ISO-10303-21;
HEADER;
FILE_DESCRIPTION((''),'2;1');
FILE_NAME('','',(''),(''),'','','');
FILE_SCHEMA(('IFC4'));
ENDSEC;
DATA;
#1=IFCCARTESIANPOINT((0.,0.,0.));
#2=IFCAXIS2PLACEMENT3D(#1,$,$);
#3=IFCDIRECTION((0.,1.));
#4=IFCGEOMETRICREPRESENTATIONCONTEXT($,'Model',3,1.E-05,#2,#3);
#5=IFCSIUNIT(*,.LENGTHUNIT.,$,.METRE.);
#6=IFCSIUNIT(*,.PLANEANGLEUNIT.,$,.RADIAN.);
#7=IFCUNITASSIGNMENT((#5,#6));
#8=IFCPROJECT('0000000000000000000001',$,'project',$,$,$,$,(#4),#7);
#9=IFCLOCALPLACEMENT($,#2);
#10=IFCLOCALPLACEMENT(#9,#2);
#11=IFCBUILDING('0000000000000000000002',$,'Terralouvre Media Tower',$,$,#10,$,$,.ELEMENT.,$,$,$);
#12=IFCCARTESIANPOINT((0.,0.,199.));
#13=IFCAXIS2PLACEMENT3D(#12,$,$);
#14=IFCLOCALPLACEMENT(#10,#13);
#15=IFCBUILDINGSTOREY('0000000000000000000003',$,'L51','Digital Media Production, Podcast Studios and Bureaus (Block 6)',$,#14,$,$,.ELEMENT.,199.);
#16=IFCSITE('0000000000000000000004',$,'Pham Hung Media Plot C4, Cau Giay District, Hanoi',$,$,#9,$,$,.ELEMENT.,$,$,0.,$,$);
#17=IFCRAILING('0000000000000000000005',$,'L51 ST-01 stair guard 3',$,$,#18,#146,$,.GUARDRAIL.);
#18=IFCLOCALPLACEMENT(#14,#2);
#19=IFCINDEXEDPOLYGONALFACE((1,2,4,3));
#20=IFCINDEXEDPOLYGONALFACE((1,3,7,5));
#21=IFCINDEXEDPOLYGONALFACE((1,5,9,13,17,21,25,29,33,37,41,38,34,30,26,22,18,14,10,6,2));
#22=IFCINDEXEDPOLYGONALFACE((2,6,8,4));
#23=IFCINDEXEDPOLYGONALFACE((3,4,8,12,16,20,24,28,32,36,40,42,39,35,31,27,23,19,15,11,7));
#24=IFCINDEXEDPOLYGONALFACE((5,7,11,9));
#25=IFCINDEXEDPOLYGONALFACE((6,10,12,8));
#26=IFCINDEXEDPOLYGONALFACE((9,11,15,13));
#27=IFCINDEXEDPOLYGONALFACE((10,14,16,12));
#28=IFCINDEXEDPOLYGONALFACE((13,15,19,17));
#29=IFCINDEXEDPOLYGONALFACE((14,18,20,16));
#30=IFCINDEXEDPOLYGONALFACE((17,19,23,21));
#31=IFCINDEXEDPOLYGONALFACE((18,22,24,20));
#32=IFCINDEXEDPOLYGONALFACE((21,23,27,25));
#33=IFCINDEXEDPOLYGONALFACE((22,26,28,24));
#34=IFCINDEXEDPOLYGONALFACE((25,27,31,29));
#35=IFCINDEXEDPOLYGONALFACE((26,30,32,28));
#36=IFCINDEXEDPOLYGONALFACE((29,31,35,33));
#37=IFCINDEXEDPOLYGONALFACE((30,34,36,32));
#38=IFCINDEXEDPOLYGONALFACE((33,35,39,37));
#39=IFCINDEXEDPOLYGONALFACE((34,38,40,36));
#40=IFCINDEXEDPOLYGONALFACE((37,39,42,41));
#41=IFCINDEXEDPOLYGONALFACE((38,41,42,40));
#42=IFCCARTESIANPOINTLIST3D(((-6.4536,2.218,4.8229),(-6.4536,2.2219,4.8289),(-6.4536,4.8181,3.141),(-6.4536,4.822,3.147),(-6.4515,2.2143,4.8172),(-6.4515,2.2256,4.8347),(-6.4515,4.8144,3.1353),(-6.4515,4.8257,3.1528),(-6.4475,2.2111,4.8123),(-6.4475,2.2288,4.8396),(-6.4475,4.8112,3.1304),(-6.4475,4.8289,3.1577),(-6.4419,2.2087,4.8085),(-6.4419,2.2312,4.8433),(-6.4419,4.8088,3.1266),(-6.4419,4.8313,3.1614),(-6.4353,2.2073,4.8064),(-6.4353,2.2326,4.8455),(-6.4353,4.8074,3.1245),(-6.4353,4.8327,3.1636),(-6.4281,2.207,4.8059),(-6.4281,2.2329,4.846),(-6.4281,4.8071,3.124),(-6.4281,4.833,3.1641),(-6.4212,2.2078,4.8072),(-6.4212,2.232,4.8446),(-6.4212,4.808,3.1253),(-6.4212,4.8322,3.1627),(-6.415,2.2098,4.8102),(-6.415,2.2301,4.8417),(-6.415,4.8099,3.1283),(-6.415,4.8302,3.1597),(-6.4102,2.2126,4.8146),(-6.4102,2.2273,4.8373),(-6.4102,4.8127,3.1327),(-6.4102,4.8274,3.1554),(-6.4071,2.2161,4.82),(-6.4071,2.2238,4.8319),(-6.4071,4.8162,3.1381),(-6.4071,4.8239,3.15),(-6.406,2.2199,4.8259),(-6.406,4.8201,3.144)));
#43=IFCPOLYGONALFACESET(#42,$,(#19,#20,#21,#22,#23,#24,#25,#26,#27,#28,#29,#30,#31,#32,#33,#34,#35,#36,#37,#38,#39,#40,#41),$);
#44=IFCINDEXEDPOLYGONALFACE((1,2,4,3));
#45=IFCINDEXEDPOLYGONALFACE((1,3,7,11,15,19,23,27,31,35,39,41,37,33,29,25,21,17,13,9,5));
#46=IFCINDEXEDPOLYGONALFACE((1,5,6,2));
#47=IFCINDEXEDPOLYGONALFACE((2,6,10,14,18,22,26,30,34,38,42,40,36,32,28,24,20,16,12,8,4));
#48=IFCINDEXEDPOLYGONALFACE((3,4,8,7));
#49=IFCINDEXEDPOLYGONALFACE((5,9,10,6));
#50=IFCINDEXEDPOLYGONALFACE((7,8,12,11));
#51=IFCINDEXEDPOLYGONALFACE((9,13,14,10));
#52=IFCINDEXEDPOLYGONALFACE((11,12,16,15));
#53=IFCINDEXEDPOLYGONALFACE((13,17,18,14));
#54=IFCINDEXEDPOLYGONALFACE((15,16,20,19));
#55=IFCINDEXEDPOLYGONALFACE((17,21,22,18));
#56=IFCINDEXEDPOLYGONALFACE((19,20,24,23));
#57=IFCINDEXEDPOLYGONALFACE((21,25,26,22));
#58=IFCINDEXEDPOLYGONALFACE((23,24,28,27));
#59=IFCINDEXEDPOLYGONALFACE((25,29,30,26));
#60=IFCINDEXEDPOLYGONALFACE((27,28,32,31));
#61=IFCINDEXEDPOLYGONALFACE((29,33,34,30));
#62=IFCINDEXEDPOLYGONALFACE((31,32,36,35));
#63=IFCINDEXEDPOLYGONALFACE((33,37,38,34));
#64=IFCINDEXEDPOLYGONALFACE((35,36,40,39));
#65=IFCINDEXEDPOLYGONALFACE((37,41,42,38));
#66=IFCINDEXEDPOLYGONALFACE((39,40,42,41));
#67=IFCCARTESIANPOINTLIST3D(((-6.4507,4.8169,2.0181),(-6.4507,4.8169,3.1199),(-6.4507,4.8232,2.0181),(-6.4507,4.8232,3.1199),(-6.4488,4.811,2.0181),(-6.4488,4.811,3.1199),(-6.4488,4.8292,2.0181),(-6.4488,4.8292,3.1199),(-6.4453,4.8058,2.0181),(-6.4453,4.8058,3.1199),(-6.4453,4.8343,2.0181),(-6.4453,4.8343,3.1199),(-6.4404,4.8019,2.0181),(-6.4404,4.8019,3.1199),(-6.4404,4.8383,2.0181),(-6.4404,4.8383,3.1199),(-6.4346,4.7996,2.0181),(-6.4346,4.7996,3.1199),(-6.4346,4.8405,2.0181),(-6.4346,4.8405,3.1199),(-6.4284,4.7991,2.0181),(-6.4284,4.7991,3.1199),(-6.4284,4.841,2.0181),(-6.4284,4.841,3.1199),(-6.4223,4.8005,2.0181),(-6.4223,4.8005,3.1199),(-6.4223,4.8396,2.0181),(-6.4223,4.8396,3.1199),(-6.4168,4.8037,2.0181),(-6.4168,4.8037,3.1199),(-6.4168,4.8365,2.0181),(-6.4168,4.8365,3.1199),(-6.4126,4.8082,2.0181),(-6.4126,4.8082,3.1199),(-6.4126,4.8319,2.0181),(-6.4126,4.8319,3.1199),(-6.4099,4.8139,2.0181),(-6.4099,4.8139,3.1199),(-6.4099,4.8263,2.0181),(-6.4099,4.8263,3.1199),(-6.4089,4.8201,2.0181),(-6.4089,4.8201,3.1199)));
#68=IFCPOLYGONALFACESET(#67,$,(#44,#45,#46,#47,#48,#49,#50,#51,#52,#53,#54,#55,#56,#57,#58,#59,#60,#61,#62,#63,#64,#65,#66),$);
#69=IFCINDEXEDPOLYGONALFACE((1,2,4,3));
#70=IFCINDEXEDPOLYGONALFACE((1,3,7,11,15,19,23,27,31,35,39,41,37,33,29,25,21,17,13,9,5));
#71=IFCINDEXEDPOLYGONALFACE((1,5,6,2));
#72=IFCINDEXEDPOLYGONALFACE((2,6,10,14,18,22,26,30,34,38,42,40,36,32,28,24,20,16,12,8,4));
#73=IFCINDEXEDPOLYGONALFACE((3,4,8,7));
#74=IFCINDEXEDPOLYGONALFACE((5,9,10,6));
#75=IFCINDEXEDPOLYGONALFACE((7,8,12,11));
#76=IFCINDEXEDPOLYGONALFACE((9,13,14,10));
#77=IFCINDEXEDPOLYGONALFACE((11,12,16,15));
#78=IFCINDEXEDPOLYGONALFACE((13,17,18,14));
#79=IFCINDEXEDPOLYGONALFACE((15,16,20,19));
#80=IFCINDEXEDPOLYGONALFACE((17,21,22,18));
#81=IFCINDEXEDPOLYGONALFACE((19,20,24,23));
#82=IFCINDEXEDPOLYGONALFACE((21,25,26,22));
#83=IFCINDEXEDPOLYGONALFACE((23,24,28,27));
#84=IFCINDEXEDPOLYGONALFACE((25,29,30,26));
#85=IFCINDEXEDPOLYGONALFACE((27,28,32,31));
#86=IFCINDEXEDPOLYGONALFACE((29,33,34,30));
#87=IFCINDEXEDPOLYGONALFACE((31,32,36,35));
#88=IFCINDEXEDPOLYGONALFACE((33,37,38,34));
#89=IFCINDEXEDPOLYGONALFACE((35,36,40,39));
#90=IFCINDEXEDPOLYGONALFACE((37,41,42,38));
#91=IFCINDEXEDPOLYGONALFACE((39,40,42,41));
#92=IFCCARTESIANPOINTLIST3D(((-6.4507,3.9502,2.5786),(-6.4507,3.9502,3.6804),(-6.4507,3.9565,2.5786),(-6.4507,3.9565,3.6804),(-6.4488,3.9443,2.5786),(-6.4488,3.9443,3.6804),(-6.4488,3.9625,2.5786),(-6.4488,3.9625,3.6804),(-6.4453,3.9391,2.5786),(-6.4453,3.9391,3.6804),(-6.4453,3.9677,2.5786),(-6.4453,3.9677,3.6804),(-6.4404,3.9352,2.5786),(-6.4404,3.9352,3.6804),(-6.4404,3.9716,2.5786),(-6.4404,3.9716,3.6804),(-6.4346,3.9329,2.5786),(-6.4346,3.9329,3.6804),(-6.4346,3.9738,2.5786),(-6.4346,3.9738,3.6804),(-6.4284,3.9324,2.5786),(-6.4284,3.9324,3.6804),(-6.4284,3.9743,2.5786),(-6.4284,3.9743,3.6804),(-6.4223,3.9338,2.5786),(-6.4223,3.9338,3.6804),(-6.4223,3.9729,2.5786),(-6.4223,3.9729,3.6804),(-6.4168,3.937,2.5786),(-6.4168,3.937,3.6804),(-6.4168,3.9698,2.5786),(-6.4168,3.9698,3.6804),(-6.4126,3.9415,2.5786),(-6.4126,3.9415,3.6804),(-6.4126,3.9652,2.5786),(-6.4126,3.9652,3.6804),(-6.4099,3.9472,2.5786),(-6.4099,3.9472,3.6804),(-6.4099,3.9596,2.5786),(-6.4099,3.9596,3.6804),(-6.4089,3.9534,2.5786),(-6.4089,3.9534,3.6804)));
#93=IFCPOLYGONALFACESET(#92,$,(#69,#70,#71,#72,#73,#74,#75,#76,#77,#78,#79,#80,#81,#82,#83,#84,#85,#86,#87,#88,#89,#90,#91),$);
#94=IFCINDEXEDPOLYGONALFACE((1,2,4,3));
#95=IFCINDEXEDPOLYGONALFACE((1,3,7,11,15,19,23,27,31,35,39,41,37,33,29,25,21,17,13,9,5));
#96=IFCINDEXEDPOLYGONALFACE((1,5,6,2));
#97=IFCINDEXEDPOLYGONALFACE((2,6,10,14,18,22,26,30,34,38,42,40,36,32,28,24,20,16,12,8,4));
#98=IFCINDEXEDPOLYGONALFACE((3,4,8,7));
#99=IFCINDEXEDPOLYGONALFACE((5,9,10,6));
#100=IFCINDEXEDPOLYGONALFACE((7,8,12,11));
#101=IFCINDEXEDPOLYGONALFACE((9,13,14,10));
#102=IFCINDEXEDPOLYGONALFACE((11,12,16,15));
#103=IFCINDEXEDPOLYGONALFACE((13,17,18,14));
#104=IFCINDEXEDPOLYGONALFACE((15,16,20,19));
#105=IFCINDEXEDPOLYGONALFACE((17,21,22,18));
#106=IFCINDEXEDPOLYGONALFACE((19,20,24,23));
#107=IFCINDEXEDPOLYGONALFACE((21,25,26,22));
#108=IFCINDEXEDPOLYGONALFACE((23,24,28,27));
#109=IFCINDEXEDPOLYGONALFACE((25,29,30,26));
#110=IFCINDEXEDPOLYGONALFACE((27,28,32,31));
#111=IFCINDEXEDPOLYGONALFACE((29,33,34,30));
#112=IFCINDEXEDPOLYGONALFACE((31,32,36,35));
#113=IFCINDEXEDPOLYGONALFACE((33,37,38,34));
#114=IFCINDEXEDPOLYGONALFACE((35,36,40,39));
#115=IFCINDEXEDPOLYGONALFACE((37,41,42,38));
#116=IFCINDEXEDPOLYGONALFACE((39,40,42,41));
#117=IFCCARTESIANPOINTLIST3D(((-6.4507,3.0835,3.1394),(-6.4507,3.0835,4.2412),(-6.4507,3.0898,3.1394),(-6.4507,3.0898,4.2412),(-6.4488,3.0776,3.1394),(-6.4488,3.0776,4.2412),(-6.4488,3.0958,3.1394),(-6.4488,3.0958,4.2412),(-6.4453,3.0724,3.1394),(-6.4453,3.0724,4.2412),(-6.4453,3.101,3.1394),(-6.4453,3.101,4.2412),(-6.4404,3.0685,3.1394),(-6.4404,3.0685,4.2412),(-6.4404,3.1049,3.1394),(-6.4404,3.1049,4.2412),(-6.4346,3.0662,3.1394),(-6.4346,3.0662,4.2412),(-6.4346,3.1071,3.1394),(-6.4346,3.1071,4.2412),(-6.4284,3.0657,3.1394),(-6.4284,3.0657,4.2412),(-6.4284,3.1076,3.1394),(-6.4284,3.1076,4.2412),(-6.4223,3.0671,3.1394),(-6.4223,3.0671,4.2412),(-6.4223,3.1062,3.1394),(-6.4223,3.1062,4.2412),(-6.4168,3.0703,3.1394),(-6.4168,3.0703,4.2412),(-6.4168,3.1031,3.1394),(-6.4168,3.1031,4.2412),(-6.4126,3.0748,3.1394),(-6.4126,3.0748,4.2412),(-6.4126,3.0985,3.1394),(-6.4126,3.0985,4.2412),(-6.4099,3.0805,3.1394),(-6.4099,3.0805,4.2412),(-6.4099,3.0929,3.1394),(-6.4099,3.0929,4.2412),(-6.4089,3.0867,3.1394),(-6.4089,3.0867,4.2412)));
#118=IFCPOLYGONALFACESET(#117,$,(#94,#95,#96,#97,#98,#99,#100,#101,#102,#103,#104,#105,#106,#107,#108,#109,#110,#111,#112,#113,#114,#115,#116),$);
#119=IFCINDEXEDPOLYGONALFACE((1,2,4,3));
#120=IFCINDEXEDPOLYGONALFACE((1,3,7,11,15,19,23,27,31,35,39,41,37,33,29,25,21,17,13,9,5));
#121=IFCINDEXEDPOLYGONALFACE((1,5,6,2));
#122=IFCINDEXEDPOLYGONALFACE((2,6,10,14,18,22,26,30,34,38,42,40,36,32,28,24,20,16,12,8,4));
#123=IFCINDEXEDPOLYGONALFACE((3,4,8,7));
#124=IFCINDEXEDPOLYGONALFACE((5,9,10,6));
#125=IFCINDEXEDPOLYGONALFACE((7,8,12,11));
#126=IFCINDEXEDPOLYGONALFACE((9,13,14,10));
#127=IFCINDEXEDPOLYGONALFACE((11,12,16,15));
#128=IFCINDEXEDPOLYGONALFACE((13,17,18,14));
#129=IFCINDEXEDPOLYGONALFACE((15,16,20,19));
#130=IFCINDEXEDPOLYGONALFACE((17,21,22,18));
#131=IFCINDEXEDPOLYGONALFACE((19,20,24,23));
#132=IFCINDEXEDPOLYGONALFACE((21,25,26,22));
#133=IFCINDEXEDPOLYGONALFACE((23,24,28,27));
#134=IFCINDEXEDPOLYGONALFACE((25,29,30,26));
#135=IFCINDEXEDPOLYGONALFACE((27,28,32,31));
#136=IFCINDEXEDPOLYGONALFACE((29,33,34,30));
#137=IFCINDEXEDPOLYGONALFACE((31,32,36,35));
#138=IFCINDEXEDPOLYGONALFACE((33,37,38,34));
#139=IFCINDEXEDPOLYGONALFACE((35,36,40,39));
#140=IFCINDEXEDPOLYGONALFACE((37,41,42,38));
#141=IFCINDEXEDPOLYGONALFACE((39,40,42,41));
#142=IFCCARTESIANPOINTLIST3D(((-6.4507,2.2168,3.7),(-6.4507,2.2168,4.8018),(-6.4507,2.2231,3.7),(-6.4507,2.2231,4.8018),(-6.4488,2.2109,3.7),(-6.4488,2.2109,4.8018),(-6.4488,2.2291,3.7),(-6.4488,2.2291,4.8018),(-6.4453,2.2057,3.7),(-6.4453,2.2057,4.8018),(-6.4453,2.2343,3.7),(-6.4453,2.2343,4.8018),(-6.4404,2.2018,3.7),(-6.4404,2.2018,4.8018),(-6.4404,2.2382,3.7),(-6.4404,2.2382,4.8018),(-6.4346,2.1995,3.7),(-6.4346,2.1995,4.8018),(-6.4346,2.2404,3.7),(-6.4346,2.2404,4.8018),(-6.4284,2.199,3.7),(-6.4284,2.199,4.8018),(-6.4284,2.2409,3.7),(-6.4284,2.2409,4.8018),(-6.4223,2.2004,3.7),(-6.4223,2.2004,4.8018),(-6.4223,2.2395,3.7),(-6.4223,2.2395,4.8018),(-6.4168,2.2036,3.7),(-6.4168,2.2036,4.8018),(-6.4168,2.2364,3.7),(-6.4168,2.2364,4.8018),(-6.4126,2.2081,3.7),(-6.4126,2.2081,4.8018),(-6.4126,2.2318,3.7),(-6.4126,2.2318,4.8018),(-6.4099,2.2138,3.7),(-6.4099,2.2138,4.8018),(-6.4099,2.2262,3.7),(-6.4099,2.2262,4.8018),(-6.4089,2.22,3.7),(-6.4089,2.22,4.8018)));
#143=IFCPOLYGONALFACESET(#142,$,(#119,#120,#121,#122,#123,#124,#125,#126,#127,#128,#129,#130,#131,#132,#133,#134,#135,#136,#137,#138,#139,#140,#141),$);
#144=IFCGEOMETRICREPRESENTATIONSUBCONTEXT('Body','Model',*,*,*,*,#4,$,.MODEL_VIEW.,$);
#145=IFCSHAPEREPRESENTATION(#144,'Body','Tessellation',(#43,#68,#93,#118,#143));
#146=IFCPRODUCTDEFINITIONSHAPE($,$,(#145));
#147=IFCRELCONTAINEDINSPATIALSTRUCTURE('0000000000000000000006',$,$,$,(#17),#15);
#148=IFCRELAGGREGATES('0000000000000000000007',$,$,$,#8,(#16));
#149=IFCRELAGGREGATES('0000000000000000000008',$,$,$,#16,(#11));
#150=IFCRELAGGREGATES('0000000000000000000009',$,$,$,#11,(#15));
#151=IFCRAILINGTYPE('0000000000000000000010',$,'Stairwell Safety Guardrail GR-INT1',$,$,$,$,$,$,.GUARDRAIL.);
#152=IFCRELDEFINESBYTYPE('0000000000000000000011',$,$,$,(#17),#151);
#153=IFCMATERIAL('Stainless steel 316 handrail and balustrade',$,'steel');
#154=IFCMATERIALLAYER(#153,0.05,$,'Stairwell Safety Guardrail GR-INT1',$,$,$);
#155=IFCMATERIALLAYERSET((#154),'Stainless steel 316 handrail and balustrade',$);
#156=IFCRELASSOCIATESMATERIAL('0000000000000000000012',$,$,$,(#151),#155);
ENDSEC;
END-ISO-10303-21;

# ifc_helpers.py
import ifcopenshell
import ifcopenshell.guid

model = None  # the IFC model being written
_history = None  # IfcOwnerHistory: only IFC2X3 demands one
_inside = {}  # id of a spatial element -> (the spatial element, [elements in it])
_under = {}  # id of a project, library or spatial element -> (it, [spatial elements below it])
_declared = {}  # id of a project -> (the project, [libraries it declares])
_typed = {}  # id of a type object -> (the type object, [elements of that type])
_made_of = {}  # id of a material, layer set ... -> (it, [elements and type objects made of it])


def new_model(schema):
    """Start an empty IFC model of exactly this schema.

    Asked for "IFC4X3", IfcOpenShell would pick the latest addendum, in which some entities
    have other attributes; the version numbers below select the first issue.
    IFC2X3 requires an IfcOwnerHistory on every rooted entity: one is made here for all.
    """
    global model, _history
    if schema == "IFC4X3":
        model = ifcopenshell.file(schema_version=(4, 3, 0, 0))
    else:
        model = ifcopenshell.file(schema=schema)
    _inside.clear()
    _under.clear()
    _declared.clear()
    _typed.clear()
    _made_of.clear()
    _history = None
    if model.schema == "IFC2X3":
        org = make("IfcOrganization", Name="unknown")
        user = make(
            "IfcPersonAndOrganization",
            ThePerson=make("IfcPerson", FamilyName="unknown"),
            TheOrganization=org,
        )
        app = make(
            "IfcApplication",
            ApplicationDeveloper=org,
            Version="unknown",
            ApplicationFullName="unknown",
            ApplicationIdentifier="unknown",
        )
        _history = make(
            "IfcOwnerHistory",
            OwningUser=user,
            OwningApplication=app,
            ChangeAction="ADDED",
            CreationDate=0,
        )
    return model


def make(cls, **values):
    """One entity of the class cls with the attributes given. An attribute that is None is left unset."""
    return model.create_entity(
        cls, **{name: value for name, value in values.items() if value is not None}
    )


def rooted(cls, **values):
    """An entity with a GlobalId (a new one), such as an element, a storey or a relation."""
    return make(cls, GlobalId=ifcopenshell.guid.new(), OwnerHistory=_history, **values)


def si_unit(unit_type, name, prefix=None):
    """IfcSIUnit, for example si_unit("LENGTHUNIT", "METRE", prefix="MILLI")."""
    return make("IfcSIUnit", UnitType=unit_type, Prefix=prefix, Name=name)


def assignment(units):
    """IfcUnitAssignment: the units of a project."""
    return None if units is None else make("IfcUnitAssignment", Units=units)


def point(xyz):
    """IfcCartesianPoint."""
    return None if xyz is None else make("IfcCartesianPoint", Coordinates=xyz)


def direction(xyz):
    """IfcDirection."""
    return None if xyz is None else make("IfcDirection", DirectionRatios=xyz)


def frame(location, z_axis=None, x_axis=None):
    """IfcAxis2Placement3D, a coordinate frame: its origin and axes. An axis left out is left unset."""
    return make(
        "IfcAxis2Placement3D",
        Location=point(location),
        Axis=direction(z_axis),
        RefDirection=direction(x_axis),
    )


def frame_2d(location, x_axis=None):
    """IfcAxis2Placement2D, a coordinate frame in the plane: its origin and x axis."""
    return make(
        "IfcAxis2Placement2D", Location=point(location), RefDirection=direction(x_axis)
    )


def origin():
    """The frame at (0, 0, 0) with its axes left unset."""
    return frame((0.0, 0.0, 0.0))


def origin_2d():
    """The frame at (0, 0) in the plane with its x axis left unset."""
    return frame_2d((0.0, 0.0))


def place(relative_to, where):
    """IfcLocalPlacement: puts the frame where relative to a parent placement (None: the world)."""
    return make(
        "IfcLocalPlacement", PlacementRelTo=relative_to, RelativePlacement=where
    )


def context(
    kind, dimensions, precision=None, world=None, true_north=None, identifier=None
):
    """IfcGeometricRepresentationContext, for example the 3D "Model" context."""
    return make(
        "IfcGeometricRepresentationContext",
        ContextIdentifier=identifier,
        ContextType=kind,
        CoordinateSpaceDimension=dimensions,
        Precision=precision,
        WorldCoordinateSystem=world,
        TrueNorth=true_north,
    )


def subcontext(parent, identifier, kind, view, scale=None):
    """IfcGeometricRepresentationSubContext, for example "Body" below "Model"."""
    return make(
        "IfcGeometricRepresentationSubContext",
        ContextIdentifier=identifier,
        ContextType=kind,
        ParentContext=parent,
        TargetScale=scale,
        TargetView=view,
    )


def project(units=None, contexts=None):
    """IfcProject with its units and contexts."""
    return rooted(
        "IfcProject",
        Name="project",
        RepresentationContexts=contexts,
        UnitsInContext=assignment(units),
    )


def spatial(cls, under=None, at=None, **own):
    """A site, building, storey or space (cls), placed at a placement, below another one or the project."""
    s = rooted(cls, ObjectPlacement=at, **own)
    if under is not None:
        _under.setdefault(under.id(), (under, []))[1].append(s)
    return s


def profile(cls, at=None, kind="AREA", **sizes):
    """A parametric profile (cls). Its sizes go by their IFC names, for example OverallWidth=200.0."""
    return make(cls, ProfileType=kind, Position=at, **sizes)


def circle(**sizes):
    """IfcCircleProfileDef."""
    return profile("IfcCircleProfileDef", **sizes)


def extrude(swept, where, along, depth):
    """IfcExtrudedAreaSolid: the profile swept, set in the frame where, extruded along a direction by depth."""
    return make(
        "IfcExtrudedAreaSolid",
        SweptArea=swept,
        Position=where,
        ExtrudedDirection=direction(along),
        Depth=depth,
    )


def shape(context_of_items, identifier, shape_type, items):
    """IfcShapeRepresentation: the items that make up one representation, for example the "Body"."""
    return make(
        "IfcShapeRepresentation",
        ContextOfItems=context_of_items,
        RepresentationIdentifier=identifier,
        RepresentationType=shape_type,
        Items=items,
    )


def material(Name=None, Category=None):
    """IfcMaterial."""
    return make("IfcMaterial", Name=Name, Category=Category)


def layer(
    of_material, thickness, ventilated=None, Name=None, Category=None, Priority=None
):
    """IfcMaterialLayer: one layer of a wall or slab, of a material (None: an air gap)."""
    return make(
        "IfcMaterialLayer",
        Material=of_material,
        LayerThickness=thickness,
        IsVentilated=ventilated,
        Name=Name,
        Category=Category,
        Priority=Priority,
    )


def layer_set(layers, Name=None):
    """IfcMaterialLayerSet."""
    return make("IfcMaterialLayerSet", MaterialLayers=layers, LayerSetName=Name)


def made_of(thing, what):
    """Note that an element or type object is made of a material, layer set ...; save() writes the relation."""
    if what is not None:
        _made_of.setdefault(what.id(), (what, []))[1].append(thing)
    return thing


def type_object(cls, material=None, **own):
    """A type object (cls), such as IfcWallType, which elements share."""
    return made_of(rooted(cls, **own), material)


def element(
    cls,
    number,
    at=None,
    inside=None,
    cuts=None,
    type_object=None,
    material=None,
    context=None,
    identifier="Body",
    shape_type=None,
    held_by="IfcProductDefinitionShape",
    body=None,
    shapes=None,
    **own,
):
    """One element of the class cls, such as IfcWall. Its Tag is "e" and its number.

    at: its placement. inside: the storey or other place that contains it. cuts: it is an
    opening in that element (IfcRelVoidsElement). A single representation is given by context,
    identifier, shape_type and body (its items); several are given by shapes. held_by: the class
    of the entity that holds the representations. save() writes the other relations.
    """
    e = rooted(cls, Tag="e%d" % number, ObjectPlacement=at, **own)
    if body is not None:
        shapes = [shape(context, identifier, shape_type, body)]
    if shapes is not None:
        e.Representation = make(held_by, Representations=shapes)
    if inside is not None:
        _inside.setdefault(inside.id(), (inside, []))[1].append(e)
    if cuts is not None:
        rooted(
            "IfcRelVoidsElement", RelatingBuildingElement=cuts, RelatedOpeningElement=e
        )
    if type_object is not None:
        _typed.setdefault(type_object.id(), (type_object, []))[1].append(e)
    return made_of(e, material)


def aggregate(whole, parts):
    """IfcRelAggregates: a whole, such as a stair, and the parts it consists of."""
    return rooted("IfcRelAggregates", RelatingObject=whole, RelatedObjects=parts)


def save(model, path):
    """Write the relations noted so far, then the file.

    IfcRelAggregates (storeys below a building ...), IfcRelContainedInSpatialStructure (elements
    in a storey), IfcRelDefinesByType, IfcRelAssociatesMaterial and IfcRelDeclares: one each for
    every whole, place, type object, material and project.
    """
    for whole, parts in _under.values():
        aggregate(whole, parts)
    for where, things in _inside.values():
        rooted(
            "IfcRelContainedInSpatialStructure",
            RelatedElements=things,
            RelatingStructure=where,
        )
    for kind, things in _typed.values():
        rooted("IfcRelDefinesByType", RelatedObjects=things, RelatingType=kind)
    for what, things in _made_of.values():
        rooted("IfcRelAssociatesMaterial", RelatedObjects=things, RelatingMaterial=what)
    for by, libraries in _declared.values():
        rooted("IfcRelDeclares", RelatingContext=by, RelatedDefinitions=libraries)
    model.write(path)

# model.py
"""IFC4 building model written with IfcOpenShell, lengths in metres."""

from ifc_helpers import new_model, si_unit, direction, frame, origin, origin_2d, place, context, subcontext, project, spatial, circle, extrude, material, layer, layer_set, type_object, element, save


model = new_model("IFC4")

# Units and contexts
model_context = context("Model", 3, precision=1e-05, world=origin(), true_north=direction((0.0, 1.0)))
body_context = subcontext(model_context, "Body", "Model", "MODEL_VIEW")
ifc_project = project(units=[si_unit("LENGTHUNIT", "METRE"), si_unit("PLANEANGLEUNIT", "RADIAN")], contexts=[model_context])

# Site, building, storey
site_placement = place(None, origin())
site = spatial("IfcSite", under=ifc_project, at=site_placement, Name="Pham Hung Media Plot C4, Cau Giay District, Hanoi", CompositionType="ELEMENT", RefElevation=0.0)
building_placement = place(site_placement, origin())
building = spatial("IfcBuilding", under=site, at=building_placement, Name="Terralouvre Media Tower", CompositionType="ELEMENT")
storey_placement = place(building_placement, frame((0.0, 0.0, 199.0)))
storey = spatial("IfcBuildingStorey", under=building, at=storey_placement, Name="L51", Description="Digital Media Production, Podcast Studios and Bureaus (Block 6)", CompositionType="ELEMENT", Elevation=199.0)

# Railing
ifc_material_1 = material(Name="Stainless steel 316 handrail and balustrade", Category="steel")
ifc_layer_1 = layer(ifc_material_1, 0.05, Name="Stairwell Safety Guardrail GR-INT1")
ifc_layer_set_1 = layer_set([ifc_layer_1], Name="Stainless steel 316 handrail and balustrade")
railing_type_1 = type_object("IfcRailingType", Name="Stairwell Safety Guardrail GR-INT1", PredefinedType="GUARDRAIL", material=ifc_layer_set_1)
railing_1_placement = place(storey_placement, frame((-6.4299, 4.8201, 2.0181)))
element("IfcRailing", 1, at=railing_1_placement, inside=storey, type_object=railing_type_1, Name="L51 ST-01 stair guard 3", PredefinedType="GUARDRAIL", context=body_context, shape_type="SweptSolid", body=[
    extrude(circle(Radius=0.0239, at=origin_2d()), frame((0.0, 0.0, 1.126), z_axis=(0.0, -0.839648, 0.54313), x_axis=(1.0, 0.0, 0.0)), (0.0, 0.0, 1.0), 3.0967),
    extrude(circle(Radius=0.021, at=origin_2d()), origin(), (0.0, 0.0, 1.0), 1.1018),
    extrude(circle(Radius=0.021, at=origin_2d()), frame((0.0, -0.8667, 0.5605)), (0.0, 0.0, 1.0), 1.1018),
    extrude(circle(Radius=0.021, at=origin_2d()), frame((0.0, -1.7334, 1.1213)), (0.0, 0.0, 1.0), 1.1018),
    extrude(circle(Radius=0.021, at=origin_2d()), frame((0.0, -2.6001, 1.6819)), (0.0, 0.0, 1.0), 1.1018),
])

save(model, "model.ifc")
